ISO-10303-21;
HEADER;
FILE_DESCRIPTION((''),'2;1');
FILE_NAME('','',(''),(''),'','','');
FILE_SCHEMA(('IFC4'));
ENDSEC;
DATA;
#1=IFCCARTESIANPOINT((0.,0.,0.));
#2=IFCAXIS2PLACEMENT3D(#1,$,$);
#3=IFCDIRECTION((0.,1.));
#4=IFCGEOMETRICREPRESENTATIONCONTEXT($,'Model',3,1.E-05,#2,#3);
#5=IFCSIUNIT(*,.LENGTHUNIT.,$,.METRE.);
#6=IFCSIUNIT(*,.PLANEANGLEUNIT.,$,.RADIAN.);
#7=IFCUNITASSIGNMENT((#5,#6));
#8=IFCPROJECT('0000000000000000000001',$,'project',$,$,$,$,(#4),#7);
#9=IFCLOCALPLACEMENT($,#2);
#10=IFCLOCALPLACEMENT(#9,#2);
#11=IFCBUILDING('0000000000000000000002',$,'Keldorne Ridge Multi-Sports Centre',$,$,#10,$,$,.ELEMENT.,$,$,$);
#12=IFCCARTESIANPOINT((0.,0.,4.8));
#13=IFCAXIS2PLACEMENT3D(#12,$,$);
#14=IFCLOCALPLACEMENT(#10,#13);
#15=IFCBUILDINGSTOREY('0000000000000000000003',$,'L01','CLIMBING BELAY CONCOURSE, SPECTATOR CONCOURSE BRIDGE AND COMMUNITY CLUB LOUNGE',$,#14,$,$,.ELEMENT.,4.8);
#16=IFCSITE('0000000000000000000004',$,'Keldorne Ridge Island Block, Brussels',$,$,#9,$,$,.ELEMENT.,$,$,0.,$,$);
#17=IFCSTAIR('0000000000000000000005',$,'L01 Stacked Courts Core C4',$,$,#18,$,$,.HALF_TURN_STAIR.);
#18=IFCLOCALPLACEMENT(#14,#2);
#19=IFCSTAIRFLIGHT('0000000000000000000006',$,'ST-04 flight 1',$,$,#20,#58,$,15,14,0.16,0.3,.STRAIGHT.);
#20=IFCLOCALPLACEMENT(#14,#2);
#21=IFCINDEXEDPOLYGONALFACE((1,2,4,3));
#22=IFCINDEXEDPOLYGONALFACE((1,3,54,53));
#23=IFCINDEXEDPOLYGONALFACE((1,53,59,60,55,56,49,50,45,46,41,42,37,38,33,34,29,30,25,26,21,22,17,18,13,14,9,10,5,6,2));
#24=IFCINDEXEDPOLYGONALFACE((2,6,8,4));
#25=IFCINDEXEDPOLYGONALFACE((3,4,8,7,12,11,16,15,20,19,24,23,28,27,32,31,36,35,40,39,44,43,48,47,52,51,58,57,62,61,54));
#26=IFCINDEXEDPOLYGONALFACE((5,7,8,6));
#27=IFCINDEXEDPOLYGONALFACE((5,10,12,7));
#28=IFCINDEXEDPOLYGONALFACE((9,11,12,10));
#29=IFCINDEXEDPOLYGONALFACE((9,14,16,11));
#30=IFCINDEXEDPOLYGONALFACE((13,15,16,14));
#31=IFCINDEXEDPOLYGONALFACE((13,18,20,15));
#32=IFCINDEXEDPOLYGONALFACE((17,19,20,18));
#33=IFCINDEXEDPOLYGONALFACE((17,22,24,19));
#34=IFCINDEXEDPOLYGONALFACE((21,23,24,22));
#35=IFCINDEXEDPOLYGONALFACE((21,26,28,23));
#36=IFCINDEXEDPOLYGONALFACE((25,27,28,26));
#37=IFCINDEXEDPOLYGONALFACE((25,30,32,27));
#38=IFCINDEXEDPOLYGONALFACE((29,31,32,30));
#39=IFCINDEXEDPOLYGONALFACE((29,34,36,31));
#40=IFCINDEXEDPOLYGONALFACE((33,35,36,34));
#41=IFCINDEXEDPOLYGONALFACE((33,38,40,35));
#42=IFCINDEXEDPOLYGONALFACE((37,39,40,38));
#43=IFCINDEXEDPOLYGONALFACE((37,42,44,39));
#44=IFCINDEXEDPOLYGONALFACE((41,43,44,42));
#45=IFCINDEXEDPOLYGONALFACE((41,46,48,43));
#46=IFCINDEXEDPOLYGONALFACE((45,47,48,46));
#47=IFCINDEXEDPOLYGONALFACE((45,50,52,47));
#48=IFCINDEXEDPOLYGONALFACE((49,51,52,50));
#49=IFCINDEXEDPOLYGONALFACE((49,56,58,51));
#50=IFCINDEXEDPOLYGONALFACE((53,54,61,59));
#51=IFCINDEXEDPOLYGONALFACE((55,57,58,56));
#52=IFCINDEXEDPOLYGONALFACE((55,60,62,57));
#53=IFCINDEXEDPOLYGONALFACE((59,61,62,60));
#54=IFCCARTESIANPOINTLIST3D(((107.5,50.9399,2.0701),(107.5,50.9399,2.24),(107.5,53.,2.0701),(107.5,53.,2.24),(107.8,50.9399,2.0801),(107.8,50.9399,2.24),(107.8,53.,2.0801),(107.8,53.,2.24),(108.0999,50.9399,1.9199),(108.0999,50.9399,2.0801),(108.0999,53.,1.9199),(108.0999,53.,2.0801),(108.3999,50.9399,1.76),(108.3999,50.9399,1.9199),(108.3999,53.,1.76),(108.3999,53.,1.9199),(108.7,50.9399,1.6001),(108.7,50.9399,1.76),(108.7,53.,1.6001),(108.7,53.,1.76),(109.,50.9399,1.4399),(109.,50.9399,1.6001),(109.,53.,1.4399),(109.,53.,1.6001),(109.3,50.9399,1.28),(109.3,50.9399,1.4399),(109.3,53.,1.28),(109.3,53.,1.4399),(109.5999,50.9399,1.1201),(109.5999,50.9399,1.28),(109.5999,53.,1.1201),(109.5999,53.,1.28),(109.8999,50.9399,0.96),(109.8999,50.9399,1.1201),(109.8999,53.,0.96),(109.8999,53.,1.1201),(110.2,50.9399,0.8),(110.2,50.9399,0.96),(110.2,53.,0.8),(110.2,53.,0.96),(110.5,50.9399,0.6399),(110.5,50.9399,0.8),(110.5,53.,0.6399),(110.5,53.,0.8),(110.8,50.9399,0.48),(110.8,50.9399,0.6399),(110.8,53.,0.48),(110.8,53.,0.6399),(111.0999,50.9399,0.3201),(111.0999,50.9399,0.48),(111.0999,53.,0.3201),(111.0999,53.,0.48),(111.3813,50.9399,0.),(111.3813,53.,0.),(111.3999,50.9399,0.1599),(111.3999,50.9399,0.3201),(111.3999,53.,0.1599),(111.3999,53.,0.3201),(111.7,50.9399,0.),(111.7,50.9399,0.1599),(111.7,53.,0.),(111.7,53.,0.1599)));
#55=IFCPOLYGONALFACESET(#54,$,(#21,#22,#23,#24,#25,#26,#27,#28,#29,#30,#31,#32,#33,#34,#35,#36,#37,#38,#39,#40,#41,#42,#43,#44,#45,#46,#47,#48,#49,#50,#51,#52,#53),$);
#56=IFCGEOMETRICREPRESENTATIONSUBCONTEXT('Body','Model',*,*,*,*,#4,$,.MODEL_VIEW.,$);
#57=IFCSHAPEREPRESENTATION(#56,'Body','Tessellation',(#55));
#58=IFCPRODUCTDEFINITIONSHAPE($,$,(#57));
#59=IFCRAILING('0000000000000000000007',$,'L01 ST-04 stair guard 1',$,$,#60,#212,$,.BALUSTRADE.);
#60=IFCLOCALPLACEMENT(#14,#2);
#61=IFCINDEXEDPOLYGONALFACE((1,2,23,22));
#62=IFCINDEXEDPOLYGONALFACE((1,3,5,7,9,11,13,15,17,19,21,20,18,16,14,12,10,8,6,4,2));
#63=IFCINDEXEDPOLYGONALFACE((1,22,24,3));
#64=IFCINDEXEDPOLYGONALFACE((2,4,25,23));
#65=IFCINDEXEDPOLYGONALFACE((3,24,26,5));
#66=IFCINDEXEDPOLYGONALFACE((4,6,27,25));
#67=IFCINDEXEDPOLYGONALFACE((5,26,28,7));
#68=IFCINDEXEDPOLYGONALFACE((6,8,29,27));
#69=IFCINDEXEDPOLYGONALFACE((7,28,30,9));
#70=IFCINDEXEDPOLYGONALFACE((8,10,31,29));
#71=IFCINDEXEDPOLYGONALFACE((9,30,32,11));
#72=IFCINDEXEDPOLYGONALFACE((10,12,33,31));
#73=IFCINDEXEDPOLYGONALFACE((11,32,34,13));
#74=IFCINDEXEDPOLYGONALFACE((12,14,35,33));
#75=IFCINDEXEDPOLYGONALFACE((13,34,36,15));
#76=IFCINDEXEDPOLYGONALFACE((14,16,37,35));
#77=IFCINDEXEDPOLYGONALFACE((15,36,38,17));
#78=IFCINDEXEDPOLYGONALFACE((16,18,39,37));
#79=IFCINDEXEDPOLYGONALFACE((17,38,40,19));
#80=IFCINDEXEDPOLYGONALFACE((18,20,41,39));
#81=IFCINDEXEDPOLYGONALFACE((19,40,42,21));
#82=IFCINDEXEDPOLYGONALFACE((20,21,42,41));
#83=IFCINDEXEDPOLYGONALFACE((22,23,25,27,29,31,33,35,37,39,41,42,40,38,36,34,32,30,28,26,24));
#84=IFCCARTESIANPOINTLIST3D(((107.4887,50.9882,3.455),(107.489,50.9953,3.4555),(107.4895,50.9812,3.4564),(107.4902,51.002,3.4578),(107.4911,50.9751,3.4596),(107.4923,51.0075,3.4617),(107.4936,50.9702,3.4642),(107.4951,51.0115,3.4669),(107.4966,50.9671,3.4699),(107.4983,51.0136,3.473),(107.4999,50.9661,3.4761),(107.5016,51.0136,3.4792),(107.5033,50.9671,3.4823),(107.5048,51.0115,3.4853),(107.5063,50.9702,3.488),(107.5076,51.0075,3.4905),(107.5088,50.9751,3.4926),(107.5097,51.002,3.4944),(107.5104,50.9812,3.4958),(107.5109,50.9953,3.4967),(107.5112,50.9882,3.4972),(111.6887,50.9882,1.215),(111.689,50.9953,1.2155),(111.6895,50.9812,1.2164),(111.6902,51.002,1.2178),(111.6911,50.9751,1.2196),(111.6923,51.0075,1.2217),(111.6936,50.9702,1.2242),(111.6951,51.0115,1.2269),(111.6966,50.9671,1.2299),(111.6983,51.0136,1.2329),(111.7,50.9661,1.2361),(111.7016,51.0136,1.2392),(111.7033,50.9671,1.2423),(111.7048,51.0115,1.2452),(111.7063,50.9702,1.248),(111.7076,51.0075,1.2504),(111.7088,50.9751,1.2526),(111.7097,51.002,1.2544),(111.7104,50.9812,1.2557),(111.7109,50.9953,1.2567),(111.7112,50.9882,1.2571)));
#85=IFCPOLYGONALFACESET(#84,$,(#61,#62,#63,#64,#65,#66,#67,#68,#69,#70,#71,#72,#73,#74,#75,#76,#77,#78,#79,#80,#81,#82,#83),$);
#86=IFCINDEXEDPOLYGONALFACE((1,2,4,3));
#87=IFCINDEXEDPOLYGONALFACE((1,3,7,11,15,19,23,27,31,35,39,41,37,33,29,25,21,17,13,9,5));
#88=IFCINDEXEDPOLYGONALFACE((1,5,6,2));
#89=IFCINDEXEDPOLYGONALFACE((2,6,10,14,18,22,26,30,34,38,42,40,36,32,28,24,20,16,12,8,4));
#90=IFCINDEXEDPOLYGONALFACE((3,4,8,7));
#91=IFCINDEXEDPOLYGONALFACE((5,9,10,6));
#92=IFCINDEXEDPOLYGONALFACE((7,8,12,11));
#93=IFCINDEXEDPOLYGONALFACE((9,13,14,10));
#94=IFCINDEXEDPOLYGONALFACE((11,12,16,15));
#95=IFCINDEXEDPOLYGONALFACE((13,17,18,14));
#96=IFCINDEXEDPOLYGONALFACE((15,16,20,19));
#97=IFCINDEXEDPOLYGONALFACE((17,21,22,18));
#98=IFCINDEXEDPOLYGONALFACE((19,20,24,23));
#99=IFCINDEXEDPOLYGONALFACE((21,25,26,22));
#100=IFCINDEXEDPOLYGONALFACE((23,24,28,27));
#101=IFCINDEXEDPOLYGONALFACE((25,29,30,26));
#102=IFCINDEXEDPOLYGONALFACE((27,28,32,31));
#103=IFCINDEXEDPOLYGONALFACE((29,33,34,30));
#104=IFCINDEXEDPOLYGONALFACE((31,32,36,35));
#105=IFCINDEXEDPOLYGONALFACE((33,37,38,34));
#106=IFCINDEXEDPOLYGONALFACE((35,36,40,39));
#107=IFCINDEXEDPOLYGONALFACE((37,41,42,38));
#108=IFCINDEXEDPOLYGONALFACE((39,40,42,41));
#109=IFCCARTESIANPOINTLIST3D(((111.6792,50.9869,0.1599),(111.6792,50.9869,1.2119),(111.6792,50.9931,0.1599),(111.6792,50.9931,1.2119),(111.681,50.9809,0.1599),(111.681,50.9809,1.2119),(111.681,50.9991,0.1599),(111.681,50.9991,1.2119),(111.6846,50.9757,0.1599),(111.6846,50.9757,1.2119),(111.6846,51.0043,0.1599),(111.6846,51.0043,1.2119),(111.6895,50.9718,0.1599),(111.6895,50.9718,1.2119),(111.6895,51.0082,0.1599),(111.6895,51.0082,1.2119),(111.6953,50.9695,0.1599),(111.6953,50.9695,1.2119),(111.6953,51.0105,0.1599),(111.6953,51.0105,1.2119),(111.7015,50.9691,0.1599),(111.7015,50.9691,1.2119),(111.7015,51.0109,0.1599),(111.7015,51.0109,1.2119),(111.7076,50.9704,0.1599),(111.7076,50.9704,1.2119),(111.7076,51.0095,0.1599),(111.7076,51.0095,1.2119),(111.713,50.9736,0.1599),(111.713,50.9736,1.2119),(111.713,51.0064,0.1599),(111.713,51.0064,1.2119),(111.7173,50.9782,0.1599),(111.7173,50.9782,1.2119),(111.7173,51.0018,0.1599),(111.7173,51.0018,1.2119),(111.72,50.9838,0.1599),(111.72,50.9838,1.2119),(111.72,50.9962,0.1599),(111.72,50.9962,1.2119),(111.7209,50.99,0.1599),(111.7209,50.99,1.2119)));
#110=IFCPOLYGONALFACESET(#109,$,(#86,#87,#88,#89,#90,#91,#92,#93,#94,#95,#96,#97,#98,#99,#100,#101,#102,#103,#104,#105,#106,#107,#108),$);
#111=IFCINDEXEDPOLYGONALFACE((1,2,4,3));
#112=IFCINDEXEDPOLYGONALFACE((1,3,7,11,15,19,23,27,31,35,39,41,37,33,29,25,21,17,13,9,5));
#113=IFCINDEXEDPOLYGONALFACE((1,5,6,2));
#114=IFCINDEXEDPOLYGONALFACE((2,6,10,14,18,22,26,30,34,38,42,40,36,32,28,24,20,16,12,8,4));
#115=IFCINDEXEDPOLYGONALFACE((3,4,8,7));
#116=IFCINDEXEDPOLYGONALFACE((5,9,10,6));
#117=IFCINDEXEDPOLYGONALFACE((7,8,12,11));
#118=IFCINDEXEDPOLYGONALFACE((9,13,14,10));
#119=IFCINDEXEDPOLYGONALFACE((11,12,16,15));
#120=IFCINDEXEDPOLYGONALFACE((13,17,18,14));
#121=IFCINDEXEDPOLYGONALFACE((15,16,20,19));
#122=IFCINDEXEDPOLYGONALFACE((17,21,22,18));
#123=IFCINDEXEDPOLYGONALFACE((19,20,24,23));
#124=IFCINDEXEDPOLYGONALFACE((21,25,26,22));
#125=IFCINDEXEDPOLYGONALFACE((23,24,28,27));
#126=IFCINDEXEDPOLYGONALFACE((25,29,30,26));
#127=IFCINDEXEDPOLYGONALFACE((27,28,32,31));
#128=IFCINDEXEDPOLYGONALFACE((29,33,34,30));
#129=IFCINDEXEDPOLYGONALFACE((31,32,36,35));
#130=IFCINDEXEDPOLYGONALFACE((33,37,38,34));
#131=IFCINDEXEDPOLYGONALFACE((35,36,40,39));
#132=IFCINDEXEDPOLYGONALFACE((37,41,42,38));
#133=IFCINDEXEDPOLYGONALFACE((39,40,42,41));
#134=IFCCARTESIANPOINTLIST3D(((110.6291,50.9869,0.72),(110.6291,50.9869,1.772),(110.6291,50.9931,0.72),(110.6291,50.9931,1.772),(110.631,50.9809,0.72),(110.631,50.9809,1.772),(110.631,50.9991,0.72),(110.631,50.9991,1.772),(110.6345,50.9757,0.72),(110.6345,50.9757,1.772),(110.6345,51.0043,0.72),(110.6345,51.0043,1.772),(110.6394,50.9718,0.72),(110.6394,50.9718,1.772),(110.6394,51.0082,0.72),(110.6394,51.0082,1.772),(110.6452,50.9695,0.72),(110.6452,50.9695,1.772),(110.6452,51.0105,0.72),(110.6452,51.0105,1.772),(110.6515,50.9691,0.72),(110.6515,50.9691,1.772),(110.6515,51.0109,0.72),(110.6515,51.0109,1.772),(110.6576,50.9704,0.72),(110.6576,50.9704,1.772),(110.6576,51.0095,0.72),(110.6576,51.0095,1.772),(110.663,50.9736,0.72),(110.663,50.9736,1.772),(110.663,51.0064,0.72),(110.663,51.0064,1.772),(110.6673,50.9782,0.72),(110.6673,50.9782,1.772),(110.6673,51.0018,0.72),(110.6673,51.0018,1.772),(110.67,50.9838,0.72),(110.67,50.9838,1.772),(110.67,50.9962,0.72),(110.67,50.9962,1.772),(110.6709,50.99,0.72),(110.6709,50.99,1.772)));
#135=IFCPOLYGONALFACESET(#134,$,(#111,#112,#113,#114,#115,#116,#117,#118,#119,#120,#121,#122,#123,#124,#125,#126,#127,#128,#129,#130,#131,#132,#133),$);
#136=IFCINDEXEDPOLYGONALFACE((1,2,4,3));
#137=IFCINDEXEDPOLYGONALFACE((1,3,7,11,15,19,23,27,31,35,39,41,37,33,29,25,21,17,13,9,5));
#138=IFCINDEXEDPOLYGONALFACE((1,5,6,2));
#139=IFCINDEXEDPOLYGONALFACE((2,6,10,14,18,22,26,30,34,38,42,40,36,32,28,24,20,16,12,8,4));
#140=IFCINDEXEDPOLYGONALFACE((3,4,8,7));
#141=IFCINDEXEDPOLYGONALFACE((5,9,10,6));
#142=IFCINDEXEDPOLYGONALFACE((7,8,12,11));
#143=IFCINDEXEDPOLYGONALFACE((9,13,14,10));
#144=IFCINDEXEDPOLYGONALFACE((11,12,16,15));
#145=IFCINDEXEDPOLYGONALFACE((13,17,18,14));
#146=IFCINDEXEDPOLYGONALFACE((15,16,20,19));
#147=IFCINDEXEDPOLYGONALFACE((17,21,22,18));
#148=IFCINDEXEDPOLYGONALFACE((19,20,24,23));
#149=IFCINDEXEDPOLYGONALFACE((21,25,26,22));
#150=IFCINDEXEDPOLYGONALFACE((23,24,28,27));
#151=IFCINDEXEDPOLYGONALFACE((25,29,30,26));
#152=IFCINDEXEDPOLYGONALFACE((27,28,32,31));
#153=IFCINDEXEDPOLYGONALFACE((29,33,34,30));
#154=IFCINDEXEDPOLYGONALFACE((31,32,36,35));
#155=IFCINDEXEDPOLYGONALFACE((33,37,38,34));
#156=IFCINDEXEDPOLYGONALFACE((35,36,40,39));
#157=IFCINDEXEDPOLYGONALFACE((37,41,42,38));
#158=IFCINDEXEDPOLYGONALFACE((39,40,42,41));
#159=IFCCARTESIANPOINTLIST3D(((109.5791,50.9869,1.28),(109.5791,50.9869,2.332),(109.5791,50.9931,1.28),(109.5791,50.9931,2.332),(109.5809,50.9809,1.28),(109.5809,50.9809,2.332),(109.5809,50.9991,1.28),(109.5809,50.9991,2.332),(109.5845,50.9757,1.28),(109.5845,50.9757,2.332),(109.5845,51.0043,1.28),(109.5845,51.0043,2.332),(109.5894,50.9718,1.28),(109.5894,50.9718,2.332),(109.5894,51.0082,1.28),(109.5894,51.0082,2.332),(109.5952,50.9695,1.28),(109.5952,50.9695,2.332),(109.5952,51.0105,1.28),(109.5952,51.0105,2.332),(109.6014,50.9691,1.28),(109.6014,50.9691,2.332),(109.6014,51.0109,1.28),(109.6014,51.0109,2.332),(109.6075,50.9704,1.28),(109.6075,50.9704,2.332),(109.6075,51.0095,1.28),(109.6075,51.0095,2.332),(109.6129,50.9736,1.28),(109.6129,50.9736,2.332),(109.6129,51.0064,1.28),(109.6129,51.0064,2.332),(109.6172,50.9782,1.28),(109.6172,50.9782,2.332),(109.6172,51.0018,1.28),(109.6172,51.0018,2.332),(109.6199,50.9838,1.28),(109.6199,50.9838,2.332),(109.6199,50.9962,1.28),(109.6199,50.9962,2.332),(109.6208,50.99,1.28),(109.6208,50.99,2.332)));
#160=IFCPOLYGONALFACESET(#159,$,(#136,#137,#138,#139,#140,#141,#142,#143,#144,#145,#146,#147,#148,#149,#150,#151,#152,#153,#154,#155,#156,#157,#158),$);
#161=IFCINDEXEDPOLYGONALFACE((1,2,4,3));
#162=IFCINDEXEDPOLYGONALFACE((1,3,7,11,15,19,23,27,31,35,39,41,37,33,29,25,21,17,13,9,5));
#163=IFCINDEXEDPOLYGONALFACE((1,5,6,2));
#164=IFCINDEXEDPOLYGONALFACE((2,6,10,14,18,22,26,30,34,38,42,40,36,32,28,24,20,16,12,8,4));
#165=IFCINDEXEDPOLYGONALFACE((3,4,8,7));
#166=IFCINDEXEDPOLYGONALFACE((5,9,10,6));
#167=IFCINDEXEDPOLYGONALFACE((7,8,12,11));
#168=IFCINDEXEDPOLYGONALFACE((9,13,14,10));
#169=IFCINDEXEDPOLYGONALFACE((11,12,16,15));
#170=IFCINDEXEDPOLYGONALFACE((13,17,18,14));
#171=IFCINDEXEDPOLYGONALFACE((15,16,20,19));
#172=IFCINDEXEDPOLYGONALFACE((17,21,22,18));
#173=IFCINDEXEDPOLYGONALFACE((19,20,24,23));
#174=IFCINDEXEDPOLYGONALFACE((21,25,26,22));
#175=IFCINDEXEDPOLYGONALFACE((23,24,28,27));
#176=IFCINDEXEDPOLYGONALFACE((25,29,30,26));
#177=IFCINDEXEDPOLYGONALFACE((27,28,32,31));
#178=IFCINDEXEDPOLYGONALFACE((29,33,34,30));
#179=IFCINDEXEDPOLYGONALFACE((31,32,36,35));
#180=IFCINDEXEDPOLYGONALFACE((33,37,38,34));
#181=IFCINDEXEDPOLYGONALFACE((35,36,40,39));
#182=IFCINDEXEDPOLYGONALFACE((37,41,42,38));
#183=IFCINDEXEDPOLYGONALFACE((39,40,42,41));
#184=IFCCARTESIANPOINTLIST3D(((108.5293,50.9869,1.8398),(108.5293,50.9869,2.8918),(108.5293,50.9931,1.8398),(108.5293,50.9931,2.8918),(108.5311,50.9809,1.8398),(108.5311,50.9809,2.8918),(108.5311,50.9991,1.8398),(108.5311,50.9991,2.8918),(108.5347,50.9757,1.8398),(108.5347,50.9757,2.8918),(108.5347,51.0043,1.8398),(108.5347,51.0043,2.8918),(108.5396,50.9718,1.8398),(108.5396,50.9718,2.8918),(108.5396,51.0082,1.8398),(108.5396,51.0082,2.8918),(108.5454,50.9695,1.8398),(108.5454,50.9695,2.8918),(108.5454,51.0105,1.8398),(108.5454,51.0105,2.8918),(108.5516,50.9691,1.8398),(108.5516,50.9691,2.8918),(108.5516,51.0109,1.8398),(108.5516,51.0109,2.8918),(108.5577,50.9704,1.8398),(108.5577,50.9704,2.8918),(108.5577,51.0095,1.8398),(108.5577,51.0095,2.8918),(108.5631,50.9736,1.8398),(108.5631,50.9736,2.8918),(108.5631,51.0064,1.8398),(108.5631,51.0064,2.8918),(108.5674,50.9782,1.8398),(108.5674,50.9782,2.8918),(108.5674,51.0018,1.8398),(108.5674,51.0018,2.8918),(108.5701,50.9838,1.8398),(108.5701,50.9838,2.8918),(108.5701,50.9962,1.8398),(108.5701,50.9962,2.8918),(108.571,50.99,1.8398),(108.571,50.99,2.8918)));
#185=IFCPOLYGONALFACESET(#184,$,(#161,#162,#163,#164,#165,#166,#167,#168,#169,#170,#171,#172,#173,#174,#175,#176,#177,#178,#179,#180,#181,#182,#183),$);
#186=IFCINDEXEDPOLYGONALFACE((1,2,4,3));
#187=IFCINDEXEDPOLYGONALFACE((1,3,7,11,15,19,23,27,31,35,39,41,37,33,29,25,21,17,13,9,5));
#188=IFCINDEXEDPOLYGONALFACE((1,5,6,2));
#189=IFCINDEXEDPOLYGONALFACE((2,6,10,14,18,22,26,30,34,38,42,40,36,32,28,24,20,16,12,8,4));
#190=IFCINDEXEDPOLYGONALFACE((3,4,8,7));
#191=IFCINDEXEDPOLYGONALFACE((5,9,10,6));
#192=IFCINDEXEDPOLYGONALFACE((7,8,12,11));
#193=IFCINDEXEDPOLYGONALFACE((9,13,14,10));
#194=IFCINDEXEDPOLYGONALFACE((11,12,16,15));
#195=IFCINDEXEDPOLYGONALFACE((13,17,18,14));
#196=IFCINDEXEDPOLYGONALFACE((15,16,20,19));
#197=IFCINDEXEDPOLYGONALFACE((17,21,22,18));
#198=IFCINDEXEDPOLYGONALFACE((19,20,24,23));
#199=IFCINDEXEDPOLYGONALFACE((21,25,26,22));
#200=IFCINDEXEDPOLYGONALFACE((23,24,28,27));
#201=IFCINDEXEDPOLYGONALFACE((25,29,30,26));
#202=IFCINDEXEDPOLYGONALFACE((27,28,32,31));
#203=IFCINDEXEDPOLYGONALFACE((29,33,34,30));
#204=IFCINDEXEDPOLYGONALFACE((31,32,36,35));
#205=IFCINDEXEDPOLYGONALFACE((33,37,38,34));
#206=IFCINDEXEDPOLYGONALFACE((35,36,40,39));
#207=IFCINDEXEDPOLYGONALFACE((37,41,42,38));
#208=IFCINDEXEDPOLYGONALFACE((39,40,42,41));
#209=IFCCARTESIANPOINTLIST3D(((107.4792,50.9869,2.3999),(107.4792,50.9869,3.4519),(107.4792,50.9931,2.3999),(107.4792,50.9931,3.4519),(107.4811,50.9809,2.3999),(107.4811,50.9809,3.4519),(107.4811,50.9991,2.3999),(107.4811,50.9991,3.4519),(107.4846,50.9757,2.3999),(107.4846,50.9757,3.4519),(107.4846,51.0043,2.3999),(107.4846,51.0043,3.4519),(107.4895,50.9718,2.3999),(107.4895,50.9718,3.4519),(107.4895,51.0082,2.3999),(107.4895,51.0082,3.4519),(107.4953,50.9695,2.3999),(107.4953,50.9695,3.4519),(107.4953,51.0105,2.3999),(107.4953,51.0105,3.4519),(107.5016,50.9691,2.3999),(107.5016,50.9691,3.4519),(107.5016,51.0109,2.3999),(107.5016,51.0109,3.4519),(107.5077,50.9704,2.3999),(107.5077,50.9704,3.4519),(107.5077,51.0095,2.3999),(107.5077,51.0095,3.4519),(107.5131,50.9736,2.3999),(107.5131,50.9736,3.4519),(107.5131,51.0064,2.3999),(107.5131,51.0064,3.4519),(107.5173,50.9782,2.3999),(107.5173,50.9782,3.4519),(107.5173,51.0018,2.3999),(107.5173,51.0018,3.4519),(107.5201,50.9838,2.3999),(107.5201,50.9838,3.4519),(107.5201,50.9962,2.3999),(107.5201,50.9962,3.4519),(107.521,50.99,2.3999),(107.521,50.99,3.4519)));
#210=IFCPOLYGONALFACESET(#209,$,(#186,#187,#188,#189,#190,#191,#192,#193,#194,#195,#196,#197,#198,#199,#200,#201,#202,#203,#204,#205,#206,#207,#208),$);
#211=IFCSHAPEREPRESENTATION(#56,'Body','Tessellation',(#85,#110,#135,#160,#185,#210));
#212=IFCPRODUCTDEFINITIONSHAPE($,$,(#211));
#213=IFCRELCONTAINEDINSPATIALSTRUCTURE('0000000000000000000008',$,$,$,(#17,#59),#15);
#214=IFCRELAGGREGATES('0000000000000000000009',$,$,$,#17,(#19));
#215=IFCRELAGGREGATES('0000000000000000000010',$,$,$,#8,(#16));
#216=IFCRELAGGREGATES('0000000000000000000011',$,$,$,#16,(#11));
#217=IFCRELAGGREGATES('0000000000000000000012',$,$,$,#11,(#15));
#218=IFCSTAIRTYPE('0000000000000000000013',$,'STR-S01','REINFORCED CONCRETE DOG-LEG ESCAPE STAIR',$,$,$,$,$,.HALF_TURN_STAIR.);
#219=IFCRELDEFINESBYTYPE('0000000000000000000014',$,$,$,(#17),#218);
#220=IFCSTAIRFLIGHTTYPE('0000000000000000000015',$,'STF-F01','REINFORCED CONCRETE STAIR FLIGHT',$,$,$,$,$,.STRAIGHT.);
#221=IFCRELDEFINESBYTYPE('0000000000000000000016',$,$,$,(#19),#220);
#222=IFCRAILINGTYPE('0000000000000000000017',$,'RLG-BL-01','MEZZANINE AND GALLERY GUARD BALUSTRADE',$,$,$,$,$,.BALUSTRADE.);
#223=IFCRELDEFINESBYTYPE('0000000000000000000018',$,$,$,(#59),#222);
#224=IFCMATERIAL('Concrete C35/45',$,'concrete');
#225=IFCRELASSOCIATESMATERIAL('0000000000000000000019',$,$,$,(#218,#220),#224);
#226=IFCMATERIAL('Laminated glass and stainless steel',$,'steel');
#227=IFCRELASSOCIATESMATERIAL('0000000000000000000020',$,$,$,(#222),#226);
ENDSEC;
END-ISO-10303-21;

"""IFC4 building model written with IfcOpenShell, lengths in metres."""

from ifc_helpers import new_model, si_unit, direction, frame, origin, origin_2d, place, context, subcontext, project, spatial, polyline, circle, outline, extrude, material, type_object, element, aggregate, save


model = new_model("IFC4")

# Units and contexts
model_context = context("Model", 3, precision=1e-05, world=origin(), true_north=direction((0.0, 1.0)))
body_context = subcontext(model_context, "Body", "Model", "MODEL_VIEW")
ifc_project = project(units=[si_unit("LENGTHUNIT", "METRE"), si_unit("PLANEANGLEUNIT", "RADIAN")], contexts=[model_context])

# Site, building, storey
site_placement = place(None, origin())
site = spatial("IfcSite", under=ifc_project, at=site_placement, Name="Keldorne Ridge Island Block, Brussels", CompositionType="ELEMENT", RefElevation=0.0)
building_placement = place(site_placement, origin())
building = spatial("IfcBuilding", under=site, at=building_placement, Name="Keldorne Ridge Multi-Sports Centre", CompositionType="ELEMENT")
storey_placement = place(building_placement, frame((0.0, 0.0, 4.8)))
storey = spatial("IfcBuildingStorey", under=building, at=storey_placement, Name="L01", Description="CLIMBING BELAY CONCOURSE, SPECTATOR CONCOURSE BRIDGE AND COMMUNITY CLUB LOUNGE", CompositionType="ELEMENT", Elevation=4.8)

# Stair, stair flight
ifc_material_1 = material(Name="Concrete C35/45", Category="concrete")
stair_type = type_object("IfcStairType", Name="STR-S01", Description="REINFORCED CONCRETE DOG-LEG ESCAPE STAIR", PredefinedType="HALF_TURN_STAIR", material=ifc_material_1)
stair_placement = place(storey_placement, origin())
stair = element("IfcStair", 1, at=stair_placement, inside=storey, type_object=stair_type, Name="L01 Stacked Courts Core C4", PredefinedType="HALF_TURN_STAIR")
stair_flight_type = type_object("IfcStairFlightType", Name="STF-F01", Description="REINFORCED CONCRETE STAIR FLIGHT", PredefinedType="STRAIGHT", material=ifc_material_1)
stair_flight_placement = place(storey_placement, frame((111.7, 51.97, 0.0), z_axis=(0.0, 0.0, 1.0), x_axis=(-1.0, 0.0, 0.0)))
stair_flight = element("IfcStairFlight", 2, at=stair_flight_placement, type_object=stair_flight_type, Name="ST-04 flight 1", NumberOfRisers=15, NumberOfTreads=14, PredefinedType="STRAIGHT", RiserHeight=0.16, TreadLength=0.3, context=body_context, shape_type="SweptSolid", body=[
    extrude(outline(polyline([(0.0, 0.0), (0.0, 0.1599), (0.3, 0.1599), (0.3, 0.3201), (0.6001, 0.3201), (0.6001, 0.48), (0.8999, 0.48), (0.8999, 0.6399), (1.2, 0.6399), (1.2, 0.8), (1.5, 0.8), (1.5, 0.96), (1.8, 0.96), (1.8, 1.1201), (2.1001, 1.1201), (2.1001, 1.28), (2.3999, 1.28), (2.3999, 1.4399), (2.7, 1.4399), (2.7, 1.6001), (3.0, 1.6001), (3.0, 1.76), (3.3, 1.76), (3.3, 1.9199), (3.6001, 1.9199), (3.6001, 2.0801), (3.8999, 2.0801), (3.8999, 2.24), (4.2, 2.24), (4.2, 2.3999), (4.2, 2.0701), (0.3186, 0.0), (0.0, 0.0)])), frame((0.0, 1.03, 0.0), z_axis=(0.0, -1.0, 0.0), x_axis=(1.0, 0.0, 0.0)), (0.0, 0.0, 1.0), 2.0601),
])
aggregate(stair, [stair_flight])

# Railing
ifc_material_2 = material(Name="Laminated glass and stainless steel", Category="steel")
railing_type_1 = type_object("IfcRailingType", Name="RLG-BL-01", Description="MEZZANINE AND GALLERY GUARD BALUSTRADE", PredefinedType="BALUSTRADE", material=ifc_material_2)
railing_1_placement = place(storey_placement, frame((111.7, 50.99, 0.1599)))
element("IfcRailing", 3, at=railing_1_placement, inside=storey, type_object=railing_type_1, Name="L01 ST-04 stair guard 1", PredefinedType="BALUSTRADE", context=body_context, shape_type="SweptSolid", body=[
    extrude(circle(Radius=0.0239, at=origin_2d()), frame((0.0, 0.0, 1.0762), z_axis=(-0.882352, 0.0, 0.470591), x_axis=(0.0, -1.0, 0.0)), (0.0, 0.0, 1.0), 4.76),
    extrude(circle(Radius=0.021, at=origin_2d()), origin(), (0.0, 0.0, 1.0), 1.052),
    extrude(circle(Radius=0.021, at=origin_2d()), frame((-1.05, 0.0, 0.5601)), (0.0, 0.0, 1.0), 1.052),
    extrude(circle(Radius=0.021, at=origin_2d()), frame((-2.1001, 0.0, 1.1201)), (0.0, 0.0, 1.0), 1.052),
    extrude(circle(Radius=0.021, at=origin_2d()), frame((-3.1499, 0.0, 1.6799)), (0.0, 0.0, 1.0), 1.052),
    extrude(circle(Radius=0.021, at=origin_2d()), frame((-4.2, 0.0, 2.24)), (0.0, 0.0, 1.0), 1.052),
])

save(model, "model.ifc")
